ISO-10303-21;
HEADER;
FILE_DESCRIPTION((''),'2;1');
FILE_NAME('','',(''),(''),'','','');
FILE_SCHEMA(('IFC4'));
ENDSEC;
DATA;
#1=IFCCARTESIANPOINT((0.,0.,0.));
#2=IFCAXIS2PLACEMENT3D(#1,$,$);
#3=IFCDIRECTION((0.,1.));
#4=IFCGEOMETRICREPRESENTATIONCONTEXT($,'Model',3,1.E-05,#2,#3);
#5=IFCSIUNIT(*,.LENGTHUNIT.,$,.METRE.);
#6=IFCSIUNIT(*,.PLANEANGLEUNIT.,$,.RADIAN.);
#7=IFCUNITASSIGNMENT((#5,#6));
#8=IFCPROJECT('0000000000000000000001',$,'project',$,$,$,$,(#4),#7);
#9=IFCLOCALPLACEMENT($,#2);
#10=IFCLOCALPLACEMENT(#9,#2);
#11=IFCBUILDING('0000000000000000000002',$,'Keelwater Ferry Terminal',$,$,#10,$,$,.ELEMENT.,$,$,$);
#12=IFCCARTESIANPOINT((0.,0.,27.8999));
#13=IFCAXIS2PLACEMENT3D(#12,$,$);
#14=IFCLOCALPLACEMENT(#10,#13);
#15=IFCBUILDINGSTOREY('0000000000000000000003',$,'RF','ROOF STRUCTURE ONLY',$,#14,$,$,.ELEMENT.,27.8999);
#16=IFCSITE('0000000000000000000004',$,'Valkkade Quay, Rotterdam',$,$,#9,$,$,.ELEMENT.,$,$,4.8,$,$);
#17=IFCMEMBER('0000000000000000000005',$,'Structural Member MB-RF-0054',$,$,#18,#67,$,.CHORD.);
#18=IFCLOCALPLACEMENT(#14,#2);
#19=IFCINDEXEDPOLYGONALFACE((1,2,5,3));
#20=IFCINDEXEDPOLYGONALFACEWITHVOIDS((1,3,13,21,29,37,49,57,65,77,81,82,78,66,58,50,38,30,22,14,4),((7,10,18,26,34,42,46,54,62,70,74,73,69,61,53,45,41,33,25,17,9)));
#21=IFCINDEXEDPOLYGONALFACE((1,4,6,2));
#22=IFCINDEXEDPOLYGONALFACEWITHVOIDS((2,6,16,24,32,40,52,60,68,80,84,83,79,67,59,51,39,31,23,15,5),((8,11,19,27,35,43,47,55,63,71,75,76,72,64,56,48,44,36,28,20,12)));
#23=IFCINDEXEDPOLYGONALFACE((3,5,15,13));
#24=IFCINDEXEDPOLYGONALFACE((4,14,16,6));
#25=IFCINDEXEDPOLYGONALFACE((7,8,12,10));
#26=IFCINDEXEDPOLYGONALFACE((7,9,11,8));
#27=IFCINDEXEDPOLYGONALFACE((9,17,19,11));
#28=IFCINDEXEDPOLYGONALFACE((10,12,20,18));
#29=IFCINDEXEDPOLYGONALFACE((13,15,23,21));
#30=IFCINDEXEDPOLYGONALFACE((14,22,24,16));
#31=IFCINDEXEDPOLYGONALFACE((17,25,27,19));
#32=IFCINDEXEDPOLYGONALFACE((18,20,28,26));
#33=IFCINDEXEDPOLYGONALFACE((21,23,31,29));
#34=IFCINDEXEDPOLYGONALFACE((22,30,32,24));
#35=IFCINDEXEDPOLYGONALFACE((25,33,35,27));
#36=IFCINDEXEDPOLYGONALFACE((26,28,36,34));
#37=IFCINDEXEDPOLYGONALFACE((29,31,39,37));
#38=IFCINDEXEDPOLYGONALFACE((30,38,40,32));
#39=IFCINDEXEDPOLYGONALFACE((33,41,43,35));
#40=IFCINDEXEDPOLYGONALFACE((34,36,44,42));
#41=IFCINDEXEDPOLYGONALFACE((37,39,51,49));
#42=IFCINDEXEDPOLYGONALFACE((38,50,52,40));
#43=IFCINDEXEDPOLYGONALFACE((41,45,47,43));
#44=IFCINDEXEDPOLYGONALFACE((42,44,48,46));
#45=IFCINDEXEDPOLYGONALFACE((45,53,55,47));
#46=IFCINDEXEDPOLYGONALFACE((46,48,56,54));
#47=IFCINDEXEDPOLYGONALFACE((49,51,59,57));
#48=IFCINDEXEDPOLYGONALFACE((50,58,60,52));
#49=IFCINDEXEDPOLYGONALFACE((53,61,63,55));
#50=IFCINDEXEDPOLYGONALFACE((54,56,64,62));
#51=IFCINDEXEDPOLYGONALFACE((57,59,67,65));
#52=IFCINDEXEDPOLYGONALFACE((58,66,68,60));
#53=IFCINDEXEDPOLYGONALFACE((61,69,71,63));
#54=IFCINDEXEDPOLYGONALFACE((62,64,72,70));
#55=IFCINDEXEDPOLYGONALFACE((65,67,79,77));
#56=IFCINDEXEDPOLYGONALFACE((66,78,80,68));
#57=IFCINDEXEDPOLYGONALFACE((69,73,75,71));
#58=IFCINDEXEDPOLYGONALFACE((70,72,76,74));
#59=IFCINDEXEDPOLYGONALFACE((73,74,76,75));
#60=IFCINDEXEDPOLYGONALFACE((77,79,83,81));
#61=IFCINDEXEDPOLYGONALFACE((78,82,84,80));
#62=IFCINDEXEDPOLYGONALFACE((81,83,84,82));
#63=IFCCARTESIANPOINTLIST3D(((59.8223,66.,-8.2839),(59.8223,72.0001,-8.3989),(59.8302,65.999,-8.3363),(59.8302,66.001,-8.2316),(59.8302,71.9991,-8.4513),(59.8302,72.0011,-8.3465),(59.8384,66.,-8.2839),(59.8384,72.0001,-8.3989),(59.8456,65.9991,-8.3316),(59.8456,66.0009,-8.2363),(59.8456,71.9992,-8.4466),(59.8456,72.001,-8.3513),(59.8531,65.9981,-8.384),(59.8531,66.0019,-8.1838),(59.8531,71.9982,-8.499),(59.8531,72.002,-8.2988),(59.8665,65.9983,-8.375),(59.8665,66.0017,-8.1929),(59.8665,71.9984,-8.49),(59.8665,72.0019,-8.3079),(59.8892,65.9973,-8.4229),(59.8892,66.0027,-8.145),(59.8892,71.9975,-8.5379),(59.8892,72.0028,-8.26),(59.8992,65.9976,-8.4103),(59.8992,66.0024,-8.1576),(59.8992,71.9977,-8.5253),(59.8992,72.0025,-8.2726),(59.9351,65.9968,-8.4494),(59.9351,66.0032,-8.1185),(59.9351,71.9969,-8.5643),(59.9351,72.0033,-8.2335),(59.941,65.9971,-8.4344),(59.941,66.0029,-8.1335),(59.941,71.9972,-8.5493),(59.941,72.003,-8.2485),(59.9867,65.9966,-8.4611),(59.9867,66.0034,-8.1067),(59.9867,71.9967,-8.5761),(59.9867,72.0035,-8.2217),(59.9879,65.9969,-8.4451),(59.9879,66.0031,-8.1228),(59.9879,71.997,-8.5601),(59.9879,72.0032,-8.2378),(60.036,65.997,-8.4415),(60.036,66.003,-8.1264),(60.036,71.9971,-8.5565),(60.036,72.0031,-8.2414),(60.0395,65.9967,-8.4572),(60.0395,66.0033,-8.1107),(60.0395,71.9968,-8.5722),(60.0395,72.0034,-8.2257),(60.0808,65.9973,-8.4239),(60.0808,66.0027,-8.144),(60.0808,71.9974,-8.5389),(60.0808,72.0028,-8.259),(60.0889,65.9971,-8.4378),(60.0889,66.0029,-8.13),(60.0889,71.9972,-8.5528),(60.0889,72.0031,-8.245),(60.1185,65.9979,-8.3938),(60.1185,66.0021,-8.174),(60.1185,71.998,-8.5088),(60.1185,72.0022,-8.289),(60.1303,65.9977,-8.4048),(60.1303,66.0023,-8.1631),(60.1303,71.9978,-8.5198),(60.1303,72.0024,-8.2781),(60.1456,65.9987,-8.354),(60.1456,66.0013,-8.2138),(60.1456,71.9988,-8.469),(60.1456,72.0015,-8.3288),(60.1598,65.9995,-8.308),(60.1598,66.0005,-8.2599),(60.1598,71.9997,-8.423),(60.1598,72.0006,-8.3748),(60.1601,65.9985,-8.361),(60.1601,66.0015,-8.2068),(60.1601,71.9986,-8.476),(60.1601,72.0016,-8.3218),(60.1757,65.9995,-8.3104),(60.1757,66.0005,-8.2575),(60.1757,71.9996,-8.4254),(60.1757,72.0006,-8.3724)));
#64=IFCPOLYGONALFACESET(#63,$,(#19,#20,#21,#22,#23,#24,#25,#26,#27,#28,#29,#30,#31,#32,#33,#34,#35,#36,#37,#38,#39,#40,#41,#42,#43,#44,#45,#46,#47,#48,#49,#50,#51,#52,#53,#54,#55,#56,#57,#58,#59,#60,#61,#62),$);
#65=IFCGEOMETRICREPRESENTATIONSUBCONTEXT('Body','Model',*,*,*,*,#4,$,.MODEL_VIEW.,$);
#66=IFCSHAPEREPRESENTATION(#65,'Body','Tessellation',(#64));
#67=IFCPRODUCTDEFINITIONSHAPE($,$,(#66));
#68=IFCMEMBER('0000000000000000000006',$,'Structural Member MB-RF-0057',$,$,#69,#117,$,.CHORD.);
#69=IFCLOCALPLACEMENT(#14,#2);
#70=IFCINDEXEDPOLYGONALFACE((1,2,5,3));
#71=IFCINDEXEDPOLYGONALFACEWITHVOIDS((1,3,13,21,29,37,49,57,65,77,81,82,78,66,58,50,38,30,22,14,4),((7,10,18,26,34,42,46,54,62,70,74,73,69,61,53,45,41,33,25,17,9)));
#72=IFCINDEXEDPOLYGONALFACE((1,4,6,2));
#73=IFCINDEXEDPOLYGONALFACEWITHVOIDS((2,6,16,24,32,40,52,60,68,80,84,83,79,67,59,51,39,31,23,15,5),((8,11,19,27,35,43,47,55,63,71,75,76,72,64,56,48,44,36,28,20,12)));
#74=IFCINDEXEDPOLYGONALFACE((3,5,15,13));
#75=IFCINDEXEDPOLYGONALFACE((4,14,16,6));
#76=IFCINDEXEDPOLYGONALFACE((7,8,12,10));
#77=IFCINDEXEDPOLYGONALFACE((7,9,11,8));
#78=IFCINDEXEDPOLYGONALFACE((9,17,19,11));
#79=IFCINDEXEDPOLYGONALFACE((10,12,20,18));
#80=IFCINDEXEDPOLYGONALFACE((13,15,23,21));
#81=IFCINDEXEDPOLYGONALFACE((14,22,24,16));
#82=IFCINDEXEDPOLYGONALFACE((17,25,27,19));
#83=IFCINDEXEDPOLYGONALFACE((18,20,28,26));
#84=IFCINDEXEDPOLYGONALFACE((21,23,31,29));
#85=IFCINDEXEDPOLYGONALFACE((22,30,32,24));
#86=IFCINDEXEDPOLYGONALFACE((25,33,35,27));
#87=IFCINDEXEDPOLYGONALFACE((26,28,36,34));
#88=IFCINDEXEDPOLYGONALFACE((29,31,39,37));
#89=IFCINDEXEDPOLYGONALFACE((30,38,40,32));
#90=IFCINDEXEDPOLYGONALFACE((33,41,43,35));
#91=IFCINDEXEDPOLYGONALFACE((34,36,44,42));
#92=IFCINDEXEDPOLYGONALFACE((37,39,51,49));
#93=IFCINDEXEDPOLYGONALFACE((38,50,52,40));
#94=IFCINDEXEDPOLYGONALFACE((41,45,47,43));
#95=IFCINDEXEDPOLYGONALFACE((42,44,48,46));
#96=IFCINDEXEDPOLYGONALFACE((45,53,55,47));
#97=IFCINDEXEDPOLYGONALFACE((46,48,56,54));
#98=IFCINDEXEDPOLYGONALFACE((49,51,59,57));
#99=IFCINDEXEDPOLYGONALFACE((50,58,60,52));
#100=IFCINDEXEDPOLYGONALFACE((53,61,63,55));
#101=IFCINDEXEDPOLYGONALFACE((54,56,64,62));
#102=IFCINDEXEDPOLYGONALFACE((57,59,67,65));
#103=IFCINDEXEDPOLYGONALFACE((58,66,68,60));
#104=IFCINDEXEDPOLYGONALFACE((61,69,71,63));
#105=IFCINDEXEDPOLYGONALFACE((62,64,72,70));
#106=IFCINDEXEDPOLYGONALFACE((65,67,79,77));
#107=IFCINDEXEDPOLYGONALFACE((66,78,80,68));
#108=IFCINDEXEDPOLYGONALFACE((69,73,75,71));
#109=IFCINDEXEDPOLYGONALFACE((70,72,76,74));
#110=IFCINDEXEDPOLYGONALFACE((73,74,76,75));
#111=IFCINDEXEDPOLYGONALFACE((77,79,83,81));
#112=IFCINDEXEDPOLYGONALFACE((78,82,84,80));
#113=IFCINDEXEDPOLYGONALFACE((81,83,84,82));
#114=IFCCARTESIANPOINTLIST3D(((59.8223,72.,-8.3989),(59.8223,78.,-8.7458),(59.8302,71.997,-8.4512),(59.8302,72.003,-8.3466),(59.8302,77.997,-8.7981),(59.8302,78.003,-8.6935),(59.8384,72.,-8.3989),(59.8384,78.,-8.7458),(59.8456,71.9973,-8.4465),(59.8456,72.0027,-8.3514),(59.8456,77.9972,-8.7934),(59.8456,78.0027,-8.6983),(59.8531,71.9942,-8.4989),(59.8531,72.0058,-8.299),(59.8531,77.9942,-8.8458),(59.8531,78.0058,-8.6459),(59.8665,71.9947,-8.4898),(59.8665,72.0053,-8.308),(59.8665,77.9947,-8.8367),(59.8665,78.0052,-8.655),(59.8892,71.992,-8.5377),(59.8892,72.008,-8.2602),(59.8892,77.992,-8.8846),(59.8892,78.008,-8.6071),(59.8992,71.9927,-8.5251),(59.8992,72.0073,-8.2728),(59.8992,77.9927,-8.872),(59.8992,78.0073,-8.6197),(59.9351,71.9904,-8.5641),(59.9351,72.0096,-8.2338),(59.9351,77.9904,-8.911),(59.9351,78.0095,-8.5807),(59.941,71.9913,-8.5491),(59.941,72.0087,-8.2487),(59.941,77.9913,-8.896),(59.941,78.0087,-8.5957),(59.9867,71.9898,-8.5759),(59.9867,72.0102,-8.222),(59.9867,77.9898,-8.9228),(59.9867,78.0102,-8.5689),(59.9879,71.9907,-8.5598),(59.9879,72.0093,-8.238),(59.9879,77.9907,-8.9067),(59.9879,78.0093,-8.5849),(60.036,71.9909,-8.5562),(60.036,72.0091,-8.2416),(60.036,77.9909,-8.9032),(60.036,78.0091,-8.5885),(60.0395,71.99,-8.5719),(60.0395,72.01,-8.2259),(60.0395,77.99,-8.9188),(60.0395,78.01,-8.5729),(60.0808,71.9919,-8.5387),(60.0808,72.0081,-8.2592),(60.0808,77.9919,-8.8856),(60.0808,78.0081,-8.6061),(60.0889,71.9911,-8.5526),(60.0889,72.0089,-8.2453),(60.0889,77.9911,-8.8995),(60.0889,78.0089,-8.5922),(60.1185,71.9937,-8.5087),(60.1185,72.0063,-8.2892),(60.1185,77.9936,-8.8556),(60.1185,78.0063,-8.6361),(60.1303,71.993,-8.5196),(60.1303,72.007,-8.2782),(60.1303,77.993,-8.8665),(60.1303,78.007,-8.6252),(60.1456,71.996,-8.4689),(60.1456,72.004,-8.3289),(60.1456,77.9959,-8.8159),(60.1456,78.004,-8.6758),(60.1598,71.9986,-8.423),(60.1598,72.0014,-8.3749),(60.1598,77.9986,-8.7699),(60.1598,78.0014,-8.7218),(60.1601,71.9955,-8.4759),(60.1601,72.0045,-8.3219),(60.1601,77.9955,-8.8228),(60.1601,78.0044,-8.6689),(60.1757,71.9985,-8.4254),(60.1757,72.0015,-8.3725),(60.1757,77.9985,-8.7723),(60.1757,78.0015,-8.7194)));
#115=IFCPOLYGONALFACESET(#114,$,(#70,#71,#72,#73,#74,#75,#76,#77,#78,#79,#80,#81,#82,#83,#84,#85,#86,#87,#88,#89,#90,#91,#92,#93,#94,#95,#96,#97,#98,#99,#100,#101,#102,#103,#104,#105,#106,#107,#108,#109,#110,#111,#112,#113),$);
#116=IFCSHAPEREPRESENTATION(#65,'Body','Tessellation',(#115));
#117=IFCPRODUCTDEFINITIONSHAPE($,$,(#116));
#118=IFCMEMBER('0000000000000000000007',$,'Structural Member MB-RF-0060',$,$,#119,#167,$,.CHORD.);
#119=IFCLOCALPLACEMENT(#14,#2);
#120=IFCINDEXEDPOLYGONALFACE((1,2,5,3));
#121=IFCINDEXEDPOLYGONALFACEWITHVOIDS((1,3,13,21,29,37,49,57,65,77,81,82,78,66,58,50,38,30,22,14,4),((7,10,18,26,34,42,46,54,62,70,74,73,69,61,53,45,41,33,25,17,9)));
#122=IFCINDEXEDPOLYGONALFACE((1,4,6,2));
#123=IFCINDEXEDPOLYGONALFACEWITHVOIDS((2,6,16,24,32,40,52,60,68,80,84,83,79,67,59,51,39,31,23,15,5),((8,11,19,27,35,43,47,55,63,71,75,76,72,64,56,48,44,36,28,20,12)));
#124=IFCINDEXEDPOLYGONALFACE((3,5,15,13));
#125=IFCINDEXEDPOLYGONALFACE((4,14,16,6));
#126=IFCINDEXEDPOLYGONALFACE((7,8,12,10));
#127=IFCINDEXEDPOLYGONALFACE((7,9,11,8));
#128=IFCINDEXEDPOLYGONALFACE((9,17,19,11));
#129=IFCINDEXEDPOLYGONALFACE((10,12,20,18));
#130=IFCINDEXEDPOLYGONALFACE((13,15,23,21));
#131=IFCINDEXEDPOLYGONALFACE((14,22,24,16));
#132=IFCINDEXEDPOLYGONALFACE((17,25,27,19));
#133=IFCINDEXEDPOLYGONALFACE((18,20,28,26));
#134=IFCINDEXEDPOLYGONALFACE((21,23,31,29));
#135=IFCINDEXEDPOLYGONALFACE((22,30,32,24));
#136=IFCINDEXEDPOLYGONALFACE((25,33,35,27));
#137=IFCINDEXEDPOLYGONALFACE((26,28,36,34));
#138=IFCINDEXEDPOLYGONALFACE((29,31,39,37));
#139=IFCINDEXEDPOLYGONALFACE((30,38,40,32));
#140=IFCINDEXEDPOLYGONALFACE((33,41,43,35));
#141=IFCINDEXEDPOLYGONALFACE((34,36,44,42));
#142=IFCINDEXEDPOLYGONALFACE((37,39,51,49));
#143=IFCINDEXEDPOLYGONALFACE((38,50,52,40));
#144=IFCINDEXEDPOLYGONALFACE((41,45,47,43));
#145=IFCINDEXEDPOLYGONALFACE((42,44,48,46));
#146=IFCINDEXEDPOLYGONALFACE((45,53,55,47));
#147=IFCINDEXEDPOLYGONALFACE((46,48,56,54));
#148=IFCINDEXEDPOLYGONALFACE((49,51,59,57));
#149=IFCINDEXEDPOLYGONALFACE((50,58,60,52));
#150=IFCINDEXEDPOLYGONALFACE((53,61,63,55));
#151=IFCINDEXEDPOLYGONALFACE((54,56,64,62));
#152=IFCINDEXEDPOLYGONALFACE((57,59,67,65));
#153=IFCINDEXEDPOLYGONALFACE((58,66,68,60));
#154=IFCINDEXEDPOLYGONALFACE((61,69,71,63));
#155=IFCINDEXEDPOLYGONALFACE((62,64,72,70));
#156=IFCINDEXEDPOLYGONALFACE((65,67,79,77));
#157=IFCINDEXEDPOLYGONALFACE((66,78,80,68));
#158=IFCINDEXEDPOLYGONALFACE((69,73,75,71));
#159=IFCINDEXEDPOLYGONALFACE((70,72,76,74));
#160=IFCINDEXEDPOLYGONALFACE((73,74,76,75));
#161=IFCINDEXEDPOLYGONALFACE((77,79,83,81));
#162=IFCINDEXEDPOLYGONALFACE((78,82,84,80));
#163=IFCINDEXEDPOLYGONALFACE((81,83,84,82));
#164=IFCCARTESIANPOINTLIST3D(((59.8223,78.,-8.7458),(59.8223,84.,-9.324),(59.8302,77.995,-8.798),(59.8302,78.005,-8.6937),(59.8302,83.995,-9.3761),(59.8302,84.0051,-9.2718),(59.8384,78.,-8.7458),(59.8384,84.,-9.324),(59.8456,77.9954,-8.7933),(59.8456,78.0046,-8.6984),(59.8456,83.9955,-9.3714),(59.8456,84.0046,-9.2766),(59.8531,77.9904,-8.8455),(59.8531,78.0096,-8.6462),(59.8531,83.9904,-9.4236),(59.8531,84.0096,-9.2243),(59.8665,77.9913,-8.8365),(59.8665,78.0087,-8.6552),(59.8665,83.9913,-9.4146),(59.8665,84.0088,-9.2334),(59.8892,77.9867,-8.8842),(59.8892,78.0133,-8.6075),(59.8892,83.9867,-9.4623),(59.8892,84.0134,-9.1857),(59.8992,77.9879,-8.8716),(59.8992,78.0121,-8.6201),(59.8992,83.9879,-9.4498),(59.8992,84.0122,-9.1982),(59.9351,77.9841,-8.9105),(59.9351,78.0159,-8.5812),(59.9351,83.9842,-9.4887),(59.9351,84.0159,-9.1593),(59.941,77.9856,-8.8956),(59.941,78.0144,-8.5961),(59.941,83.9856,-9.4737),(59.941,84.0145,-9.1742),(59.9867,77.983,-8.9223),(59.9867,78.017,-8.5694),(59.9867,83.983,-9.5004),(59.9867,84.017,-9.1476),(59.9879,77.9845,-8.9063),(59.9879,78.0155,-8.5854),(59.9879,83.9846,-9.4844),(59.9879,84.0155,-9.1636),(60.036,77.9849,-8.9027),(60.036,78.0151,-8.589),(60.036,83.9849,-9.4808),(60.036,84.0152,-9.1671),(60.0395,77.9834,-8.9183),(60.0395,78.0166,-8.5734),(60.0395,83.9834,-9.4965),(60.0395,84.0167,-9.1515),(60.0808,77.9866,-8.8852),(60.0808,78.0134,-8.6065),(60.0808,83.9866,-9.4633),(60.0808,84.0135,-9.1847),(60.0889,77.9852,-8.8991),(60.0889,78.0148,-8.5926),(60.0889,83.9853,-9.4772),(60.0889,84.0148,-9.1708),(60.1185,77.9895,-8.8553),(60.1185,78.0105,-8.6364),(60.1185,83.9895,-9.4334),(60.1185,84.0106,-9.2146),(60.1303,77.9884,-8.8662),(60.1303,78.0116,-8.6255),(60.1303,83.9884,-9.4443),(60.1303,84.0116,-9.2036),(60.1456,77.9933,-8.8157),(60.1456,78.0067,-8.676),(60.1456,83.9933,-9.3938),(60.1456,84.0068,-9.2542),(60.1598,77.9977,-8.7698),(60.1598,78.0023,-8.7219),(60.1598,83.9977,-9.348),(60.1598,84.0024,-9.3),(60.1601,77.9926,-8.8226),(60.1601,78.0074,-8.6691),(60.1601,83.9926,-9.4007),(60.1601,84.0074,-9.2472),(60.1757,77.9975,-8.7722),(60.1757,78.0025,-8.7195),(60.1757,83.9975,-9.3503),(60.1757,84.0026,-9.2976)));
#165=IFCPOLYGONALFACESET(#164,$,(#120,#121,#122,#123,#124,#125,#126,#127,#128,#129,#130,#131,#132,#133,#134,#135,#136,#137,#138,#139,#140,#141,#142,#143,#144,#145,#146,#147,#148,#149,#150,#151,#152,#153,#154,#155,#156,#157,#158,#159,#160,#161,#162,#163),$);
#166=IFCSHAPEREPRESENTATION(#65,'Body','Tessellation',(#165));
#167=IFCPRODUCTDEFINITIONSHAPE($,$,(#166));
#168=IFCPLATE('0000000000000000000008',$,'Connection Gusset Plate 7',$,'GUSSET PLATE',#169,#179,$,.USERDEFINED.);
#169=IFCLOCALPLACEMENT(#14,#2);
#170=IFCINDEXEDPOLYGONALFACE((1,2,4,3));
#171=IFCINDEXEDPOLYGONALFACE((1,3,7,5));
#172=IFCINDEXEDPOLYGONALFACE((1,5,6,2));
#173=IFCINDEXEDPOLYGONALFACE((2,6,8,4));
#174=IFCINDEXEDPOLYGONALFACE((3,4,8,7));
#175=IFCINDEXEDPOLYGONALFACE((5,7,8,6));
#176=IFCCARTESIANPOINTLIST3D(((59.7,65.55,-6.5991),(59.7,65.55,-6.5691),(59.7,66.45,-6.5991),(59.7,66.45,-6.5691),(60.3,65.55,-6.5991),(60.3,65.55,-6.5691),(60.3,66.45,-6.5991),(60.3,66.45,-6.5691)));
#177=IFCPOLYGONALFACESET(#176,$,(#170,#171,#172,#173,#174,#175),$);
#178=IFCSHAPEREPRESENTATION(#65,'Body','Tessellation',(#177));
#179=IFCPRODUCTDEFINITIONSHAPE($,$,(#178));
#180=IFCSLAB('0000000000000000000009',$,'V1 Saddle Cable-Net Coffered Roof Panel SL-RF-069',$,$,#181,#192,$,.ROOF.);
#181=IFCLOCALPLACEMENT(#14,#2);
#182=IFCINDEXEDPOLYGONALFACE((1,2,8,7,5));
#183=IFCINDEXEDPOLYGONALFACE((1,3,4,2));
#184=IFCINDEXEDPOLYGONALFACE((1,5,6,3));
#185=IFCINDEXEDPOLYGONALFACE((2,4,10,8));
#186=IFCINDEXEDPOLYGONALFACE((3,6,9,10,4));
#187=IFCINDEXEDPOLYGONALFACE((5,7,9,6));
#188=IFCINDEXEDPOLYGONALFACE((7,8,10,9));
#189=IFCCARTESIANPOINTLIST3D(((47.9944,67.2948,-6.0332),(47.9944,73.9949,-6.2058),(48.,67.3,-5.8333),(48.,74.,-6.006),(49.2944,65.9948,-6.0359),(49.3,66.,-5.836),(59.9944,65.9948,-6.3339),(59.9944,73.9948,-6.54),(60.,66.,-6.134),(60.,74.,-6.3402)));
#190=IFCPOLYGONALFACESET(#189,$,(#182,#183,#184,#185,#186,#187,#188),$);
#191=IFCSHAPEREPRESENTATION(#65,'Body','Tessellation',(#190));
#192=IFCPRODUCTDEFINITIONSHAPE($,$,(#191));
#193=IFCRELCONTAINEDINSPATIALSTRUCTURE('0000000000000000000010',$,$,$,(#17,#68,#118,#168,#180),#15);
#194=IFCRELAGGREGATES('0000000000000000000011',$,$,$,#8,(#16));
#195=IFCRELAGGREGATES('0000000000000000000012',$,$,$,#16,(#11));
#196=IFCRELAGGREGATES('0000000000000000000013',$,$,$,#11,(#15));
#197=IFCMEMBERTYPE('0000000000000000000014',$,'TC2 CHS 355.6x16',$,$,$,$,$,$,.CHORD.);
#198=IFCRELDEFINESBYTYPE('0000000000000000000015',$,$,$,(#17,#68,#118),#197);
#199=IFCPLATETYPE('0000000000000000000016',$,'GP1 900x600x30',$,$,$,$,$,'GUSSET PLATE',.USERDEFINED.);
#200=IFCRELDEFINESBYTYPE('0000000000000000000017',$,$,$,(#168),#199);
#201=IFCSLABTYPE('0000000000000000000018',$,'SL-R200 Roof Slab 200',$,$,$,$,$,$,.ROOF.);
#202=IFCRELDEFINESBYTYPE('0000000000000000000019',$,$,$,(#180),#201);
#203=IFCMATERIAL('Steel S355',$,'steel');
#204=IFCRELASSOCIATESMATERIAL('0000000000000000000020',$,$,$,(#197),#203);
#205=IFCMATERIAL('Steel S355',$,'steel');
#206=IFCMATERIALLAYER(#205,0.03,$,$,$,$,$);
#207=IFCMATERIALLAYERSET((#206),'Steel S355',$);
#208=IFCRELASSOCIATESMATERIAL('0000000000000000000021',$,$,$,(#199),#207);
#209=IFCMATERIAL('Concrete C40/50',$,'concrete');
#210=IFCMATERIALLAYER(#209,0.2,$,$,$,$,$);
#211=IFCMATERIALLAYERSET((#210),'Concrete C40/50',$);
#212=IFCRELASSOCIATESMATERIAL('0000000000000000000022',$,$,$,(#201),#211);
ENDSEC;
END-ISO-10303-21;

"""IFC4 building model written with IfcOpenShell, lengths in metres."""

from ifc_helpers import new_model, si_unit, direction, frame, origin, origin_with_axes, origin_2d, place, context, subcontext, project, spatial, polyline, rectangle, hollow_circle, outline, extrude, material, layer, layer_set, material_profile, profile_set, type_object, element, save


model = new_model("IFC4")

# Units and contexts
model_context = context("Model", 3, precision=1e-05, world=origin(), true_north=direction((0.0, 1.0)))
body_context = subcontext(model_context, "Body", "Model", "MODEL_VIEW")
ifc_project = project(units=[si_unit("LENGTHUNIT", "METRE"), si_unit("PLANEANGLEUNIT", "RADIAN")], contexts=[model_context])

# Site, building, storey
site_placement = place(None, origin())
site = spatial("IfcSite", under=ifc_project, at=site_placement, Name="Valkkade Quay, Rotterdam", CompositionType="ELEMENT", RefElevation=4.8)
building_placement = place(site_placement, origin())
building = spatial("IfcBuilding", under=site, at=building_placement, Name="Keelwater Ferry Terminal", CompositionType="ELEMENT")
storey_placement = place(building_placement, frame((0.0, 0.0, 27.8999)))
storey = spatial("IfcBuildingStorey", under=building, at=storey_placement, Name="RF", Description="ROOF STRUCTURE ONLY", CompositionType="ELEMENT", Elevation=27.8999)

# Members
ifc_material_1 = material(Name="Steel S355", Category="steel")
ifc_material_profile_1 = material_profile(ifc_material_1, hollow_circle(Radius=0.1777, WallThickness=0.0161, at=origin_2d()), Name="CHS 355.6x16")
ifc_profile_set_1 = profile_set([ifc_material_profile_1], Name="Steel S355")
member_type_1 = type_object("IfcMemberType", Name="TC2 CHS 355.6x16", PredefinedType="CHORD", material=ifc_profile_set_1)
for number, where, z_axis, x_axis, name in (
    (1, (60.0, 66.0, -8.2839), (0.0, 0.999816, -0.019162), (-1.0, 0.0, 0.0), "Structural Member MB-RF-0054"),
):
    element("IfcMember", number, at=place(storey_placement, frame(where, z_axis=z_axis, x_axis=x_axis)), inside=storey, type_object=member_type_1, Name=name, PredefinedType="CHORD", context=body_context, shape_type="SweptSolid", body=[
        extrude(hollow_circle(Radius=0.1777, WallThickness=0.0161, at=origin_2d()), origin(), (0.0, 0.0, 1.0), 6.0012),
    ])
member_1_placement = place(storey_placement, frame((60.0, 72.0, -8.3989), z_axis=(0.0, 0.998333, -0.057724), x_axis=(-1.0, 0.0, 0.0)))
element("IfcMember", 2, at=member_1_placement, inside=storey, type_object=member_type_1, Name="Structural Member MB-RF-0057", PredefinedType="CHORD", context=body_context, shape_type="SweptSolid", body=[
    extrude(hollow_circle(Radius=0.1777, WallThickness=0.0161, at=origin_2d()), origin(), (0.0, 0.0, 1.0), 6.01),
])
member_2_placement = place(storey_placement, frame((60.0, 78.0, -8.7458), z_axis=(0.0, 0.99539, -0.09591), x_axis=(-1.0, 0.0, 0.0)))
element("IfcMember", 3, at=member_2_placement, inside=storey, type_object=member_type_1, Name="Structural Member MB-RF-0060", PredefinedType="CHORD", context=body_context, shape_type="SweptSolid", body=[
    extrude(hollow_circle(Radius=0.1777, WallThickness=0.0161, at=origin_2d()), origin(), (0.0, 0.0, 1.0), 6.0278),
])

# Plate
ifc_material_2 = material(Name="Steel S355", Category="steel")
ifc_layer_1 = layer(ifc_material_2, 0.03)
ifc_layer_set_1 = layer_set([ifc_layer_1], Name="Steel S355")
plate_type = type_object("IfcPlateType", Name="GP1 900x600x30", ElementType="GUSSET PLATE", PredefinedType="USERDEFINED", material=ifc_layer_set_1)
plate_placement = place(storey_placement, frame((60.0, 66.0, -6.5991), z_axis=(0.0, 0.0, 1.0), x_axis=(0.0, 1.0, 0.0)))
element("IfcPlate", 4, at=plate_placement, inside=storey, type_object=plate_type, Name="Connection Gusset Plate 7", ObjectType="GUSSET PLATE", PredefinedType="USERDEFINED", context=body_context, shape_type="SweptSolid", body=[
    extrude(rectangle(XDim=0.8999, YDim=0.6001, at=origin_2d()), origin(), (0.0, 0.0, 1.0), 0.03),
])

# Slab
ifc_material_3 = material(Name="Concrete C40/50", Category="concrete")
ifc_layer_2 = layer(ifc_material_3, 0.2)
ifc_layer_set_2 = layer_set([ifc_layer_2], Name="Concrete C40/50")
slab_type = type_object("IfcSlabType", Name="SL-R200 Roof Slab 200", PredefinedType="ROOF", material=ifc_layer_set_2)
slab_1_placement = place(storey_placement, frame((49.2944, 65.9948, -6.0359), z_axis=(0.027831, 0.025753, 0.999281), x_axis=(0.999613, -0.000717, -0.027822)))
element("IfcSlab", 5, at=slab_1_placement, inside=storey, type_object=slab_type, Name="V1 Saddle Cable-Net Coffered Roof Panel SL-RF-069", PredefinedType="ROOF", context=body_context, shape_type="SweptSolid", body=[
    extrude(outline(polyline([(0.0, 0.0), (10.7041, 0.0077), (10.7041, 8.0103), (-1.3005, 8.0017), (-1.3005, 1.2995), (0.0, 0.0)])), origin_with_axes(), (0.0, 0.0, 1.0), 0.2),
])

save(model, "model.ifc")
